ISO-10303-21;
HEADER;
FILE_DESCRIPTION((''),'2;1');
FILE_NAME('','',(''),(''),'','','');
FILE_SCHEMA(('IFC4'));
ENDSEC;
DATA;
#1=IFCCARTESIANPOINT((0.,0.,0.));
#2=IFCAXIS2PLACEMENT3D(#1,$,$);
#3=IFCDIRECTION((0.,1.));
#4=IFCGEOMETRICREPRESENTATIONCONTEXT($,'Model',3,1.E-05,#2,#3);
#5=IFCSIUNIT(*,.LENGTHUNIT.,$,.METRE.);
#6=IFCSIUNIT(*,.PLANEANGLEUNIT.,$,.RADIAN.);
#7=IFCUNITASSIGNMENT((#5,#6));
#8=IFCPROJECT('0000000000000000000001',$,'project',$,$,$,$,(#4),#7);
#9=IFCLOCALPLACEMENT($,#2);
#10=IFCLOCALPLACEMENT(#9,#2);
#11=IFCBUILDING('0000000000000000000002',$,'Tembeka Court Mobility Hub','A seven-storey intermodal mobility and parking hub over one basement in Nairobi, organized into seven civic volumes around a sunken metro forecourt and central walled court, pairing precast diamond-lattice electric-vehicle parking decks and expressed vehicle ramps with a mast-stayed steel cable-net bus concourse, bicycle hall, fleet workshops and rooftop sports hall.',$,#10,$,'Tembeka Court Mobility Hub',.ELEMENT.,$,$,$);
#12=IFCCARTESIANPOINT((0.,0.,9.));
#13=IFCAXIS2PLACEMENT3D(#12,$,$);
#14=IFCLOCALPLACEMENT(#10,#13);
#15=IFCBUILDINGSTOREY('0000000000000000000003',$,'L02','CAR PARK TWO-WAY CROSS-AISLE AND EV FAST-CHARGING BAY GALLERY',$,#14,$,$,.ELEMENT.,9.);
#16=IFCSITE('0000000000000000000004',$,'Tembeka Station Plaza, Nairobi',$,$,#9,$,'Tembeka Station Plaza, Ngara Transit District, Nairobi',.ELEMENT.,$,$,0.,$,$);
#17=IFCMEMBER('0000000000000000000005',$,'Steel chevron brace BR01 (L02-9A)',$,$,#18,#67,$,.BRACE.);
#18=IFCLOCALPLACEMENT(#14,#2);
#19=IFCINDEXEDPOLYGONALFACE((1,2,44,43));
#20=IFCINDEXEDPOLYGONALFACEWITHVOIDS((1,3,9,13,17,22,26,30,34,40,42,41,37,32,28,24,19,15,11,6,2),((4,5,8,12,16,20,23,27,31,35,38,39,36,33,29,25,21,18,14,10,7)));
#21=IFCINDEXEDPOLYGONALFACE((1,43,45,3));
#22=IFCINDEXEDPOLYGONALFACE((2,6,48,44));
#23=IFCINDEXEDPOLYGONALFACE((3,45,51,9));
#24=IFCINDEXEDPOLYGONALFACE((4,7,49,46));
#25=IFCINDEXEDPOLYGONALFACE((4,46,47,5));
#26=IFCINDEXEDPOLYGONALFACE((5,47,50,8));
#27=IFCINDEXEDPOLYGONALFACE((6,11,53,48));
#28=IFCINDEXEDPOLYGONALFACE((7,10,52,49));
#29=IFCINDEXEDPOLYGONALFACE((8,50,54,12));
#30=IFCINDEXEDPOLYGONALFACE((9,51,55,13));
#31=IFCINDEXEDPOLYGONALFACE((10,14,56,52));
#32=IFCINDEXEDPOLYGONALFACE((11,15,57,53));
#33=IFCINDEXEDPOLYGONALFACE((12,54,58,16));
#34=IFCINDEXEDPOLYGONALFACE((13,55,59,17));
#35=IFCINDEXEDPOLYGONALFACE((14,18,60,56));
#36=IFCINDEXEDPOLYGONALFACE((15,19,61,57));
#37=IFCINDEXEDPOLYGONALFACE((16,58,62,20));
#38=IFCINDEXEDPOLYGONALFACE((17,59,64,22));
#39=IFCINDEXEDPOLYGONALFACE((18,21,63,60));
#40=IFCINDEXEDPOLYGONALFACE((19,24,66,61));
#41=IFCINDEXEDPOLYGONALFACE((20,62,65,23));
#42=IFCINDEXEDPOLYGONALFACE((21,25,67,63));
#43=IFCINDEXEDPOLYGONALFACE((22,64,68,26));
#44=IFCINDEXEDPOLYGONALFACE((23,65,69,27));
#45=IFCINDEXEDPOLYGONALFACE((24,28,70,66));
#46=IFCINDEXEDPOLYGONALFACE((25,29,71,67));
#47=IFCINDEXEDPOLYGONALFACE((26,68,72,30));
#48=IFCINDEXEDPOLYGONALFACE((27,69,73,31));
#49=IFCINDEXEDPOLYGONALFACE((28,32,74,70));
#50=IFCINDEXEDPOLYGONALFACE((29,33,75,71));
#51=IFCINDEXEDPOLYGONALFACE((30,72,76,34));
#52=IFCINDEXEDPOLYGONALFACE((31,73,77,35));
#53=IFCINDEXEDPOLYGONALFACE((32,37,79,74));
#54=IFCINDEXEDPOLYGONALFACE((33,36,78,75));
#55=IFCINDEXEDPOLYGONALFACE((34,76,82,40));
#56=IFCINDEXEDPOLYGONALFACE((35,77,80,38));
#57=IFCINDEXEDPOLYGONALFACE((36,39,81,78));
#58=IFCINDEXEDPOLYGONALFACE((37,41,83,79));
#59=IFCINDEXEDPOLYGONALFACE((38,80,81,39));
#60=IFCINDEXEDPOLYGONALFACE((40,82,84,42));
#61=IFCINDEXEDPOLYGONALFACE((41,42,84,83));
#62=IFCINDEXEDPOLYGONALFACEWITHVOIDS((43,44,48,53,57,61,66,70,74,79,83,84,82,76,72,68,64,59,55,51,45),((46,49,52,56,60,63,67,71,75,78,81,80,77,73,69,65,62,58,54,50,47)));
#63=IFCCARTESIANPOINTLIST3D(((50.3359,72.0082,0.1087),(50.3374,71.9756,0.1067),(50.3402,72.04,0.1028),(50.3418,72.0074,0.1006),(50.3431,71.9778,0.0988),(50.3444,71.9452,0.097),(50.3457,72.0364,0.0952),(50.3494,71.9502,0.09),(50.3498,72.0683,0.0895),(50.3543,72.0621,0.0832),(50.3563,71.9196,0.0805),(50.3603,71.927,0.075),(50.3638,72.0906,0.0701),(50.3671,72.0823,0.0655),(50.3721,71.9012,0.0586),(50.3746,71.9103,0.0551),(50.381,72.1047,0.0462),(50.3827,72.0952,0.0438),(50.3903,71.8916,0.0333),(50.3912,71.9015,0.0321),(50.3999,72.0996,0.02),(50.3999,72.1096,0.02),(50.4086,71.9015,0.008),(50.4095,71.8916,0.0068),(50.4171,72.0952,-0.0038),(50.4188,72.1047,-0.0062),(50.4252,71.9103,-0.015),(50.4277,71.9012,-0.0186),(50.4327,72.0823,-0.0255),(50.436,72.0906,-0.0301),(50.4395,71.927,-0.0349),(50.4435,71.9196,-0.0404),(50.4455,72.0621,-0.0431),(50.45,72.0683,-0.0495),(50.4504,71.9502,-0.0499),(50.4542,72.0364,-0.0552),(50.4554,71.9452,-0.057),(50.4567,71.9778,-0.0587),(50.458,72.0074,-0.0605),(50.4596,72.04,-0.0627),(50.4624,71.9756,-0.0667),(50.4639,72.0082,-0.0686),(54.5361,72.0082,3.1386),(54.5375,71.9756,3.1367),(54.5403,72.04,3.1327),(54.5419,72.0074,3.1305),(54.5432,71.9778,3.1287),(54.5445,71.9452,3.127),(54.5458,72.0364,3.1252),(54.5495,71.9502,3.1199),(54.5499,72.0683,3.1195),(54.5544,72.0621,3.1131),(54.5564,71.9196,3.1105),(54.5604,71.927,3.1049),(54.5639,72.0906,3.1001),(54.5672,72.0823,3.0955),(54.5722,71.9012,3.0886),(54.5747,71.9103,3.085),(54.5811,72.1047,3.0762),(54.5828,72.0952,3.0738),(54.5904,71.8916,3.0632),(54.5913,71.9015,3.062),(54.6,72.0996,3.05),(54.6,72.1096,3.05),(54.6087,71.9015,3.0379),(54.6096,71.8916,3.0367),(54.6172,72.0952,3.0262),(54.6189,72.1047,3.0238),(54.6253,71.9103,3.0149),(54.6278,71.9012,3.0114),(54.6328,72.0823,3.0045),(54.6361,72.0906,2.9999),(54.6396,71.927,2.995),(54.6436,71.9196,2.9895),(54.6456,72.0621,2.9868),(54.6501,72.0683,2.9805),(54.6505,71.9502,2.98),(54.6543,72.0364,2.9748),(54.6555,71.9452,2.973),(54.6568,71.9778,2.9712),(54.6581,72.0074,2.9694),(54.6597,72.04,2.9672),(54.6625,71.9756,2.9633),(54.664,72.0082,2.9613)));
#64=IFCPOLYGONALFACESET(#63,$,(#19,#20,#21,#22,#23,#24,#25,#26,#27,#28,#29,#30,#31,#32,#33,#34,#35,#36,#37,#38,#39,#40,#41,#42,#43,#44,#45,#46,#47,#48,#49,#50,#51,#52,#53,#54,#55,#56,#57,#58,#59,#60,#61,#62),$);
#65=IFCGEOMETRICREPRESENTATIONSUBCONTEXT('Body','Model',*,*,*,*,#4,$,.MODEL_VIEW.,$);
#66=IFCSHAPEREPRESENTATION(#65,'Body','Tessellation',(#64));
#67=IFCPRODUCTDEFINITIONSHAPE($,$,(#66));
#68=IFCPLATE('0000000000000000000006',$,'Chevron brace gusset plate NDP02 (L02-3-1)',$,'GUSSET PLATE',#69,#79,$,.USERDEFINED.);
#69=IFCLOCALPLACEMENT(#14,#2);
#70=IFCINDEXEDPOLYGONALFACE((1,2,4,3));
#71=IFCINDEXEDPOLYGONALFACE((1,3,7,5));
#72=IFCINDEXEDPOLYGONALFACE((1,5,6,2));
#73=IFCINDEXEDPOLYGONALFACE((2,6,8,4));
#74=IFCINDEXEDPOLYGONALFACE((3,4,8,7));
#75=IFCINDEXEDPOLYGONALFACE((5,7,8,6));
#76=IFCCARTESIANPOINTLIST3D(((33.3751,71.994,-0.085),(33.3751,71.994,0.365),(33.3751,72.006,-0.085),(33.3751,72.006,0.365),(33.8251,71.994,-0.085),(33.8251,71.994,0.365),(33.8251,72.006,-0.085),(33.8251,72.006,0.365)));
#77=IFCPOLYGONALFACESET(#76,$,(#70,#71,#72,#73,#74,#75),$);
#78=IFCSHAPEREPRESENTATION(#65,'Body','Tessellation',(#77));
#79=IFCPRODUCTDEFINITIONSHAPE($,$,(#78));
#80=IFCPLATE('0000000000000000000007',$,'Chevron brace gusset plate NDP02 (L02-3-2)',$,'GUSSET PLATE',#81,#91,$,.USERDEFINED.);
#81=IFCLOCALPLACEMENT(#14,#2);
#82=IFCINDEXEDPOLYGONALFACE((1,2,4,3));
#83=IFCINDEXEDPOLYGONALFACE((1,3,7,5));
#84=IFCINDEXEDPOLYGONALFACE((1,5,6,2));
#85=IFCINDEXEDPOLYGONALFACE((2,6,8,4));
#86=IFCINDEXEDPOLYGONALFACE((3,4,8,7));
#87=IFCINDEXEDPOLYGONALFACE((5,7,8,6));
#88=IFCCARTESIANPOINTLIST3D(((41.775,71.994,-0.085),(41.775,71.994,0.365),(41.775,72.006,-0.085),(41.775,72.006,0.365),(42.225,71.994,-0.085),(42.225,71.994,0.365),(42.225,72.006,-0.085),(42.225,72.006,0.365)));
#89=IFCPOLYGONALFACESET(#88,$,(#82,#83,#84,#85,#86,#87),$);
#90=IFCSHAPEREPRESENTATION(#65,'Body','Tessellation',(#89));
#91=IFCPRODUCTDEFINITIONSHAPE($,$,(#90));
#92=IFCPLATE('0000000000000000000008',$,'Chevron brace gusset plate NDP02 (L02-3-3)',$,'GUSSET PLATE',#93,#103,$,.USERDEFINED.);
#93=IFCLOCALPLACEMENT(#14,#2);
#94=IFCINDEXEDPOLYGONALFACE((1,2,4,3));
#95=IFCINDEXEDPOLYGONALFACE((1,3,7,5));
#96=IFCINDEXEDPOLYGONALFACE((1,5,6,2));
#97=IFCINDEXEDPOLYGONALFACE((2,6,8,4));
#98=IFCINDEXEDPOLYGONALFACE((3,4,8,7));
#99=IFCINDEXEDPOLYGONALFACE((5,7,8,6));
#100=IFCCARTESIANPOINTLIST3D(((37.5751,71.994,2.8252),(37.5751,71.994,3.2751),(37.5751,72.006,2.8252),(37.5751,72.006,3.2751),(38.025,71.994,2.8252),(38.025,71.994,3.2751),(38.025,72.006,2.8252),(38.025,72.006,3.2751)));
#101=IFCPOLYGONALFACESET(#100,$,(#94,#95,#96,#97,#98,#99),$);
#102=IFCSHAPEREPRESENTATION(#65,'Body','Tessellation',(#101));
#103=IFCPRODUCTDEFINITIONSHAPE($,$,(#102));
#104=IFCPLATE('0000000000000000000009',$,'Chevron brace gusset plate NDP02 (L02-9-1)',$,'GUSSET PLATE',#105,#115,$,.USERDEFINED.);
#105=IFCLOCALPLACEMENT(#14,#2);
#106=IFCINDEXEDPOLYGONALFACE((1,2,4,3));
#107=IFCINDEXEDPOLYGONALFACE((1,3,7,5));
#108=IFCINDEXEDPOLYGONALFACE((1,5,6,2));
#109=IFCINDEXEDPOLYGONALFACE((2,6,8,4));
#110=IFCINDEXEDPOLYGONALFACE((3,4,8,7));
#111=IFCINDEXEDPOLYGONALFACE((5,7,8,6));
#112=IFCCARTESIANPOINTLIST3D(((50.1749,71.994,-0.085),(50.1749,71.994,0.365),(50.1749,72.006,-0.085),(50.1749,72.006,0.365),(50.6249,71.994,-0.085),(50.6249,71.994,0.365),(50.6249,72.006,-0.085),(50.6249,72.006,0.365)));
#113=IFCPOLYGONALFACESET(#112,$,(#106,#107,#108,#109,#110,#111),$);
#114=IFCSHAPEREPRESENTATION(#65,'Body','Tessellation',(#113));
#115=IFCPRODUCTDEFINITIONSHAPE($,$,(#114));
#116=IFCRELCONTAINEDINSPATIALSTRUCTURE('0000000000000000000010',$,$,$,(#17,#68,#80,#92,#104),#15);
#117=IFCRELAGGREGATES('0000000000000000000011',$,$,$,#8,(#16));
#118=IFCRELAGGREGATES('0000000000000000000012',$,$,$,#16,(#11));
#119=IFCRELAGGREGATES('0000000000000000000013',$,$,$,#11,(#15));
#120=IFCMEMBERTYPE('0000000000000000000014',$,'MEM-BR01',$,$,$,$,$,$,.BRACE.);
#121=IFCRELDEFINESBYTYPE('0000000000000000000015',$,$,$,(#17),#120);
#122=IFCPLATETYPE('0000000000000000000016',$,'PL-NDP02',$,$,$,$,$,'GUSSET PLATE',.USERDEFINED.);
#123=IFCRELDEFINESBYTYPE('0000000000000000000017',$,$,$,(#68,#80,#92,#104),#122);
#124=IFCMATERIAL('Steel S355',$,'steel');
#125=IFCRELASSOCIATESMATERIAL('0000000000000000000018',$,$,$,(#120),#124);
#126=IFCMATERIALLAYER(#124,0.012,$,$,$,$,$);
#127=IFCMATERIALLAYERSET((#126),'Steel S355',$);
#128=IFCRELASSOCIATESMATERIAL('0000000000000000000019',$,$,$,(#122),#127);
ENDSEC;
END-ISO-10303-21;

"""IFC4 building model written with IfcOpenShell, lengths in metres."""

from ifc_helpers import new_model, si_unit, direction, frame, origin, origin_2d, place, context, subcontext, project, spatial, rectangle, hollow_circle, extrude, material, layer, layer_set, material_profile, profile_set, type_object, element, save


model = new_model("IFC4")

# Units and contexts
model_context = context("Model", 3, precision=1e-05, world=origin(), true_north=direction((0.0, 1.0)))
body_context = subcontext(model_context, "Body", "Model", "MODEL_VIEW")
ifc_project = project(units=[si_unit("LENGTHUNIT", "METRE"), si_unit("PLANEANGLEUNIT", "RADIAN")], contexts=[model_context])

# Site, building, storey
site_placement = place(None, origin())
site = spatial("IfcSite", under=ifc_project, at=site_placement, Name="Tembeka Station Plaza, Nairobi", LongName="Tembeka Station Plaza, Ngara Transit District, Nairobi", CompositionType="ELEMENT", RefElevation=0.0)
building_placement = place(site_placement, origin())
building = spatial("IfcBuilding", under=site, at=building_placement, Name="Tembeka Court Mobility Hub", Description="A seven-storey intermodal mobility and parking hub over one basement in Nairobi, organized into seven civic volumes around a sunken metro forecourt and central walled court, pairing precast diamond-lattice electric-vehicle parking decks and expressed vehicle ramps with a mast-stayed steel cable-net bus concourse, bicycle hall, fleet workshops and rooftop sports hall.", LongName="Tembeka Court Mobility Hub", CompositionType="ELEMENT")
storey_placement = place(building_placement, frame((0.0, 0.0, 9.0)))
storey = spatial("IfcBuildingStorey", under=building, at=storey_placement, Name="L02", Description="CAR PARK TWO-WAY CROSS-AISLE AND EV FAST-CHARGING BAY GALLERY", CompositionType="ELEMENT", Elevation=9.0)

# Shared definitions
ifc_material = material(Name="Steel S355", Category="steel")

# Member
ifc_material_profile_1 = material_profile(ifc_material, hollow_circle(Radius=0.1096, WallThickness=0.01, at=origin_2d()), Name="CHS 219.1x10")
ifc_profile_set_1 = profile_set([ifc_material_profile_1], Name="Steel S355")
member_type = type_object("IfcMemberType", Name="MEM-BR01", PredefinedType="BRACE", material=ifc_profile_set_1)
for number, where, z_axis, x_axis, name in (
    (1, (50.3999, 72.0, 0.02), (0.810995, 0.0, 0.585053), (0.0, 1.0, 0.0), "Steel chevron brace BR01 (L02-9A)"),
):
    element("IfcMember", number, at=place(storey_placement, frame(where, z_axis=z_axis, x_axis=x_axis)), inside=storey, type_object=member_type, Name=name, PredefinedType="BRACE", context=body_context, shape_type="SweptSolid", body=[
        extrude(hollow_circle(Radius=0.1096, WallThickness=0.01, at=origin_2d()), origin(), (0.0, 0.0, 1.0), 5.179),
    ])

# Plates
ifc_layer = layer(ifc_material, 0.012)
ifc_layer_set = layer_set([ifc_layer], Name="Steel S355")
plate_type = type_object("IfcPlateType", Name="PL-NDP02", ElementType="GUSSET PLATE", PredefinedType="USERDEFINED", material=ifc_layer_set)
for number, where, z_axis, x_axis, name in (
    (2, (33.6001, 72.0, -0.085), (0.0, 0.0, 1.0), (1.0, 0.0, 0.0), "Chevron brace gusset plate NDP02 (L02-3-1)"),
    (3, (42.0, 72.0, -0.085), (0.0, 0.0, 1.0), (1.0, 0.0, 0.0), "Chevron brace gusset plate NDP02 (L02-3-2)"),
    (4, (37.8, 72.0, 2.8252), (0.0, 0.0, 1.0), (1.0, 0.0, 0.0), "Chevron brace gusset plate NDP02 (L02-3-3)"),
    (5, (50.3999, 72.0, -0.085), (0.0, 0.0, 1.0), (1.0, 0.0, 0.0), "Chevron brace gusset plate NDP02 (L02-9-1)"),
):
    element("IfcPlate", number, at=place(storey_placement, frame(where, z_axis=z_axis, x_axis=x_axis)), inside=storey, type_object=plate_type, Name=name, ObjectType="GUSSET PLATE", PredefinedType="USERDEFINED", context=body_context, shape_type="SweptSolid", body=[
        extrude(rectangle(XDim=0.45, YDim=0.012, at=origin_2d()), origin(), (0.0, 0.0, 1.0), 0.45),
    ])

save(model, "model.ifc")
